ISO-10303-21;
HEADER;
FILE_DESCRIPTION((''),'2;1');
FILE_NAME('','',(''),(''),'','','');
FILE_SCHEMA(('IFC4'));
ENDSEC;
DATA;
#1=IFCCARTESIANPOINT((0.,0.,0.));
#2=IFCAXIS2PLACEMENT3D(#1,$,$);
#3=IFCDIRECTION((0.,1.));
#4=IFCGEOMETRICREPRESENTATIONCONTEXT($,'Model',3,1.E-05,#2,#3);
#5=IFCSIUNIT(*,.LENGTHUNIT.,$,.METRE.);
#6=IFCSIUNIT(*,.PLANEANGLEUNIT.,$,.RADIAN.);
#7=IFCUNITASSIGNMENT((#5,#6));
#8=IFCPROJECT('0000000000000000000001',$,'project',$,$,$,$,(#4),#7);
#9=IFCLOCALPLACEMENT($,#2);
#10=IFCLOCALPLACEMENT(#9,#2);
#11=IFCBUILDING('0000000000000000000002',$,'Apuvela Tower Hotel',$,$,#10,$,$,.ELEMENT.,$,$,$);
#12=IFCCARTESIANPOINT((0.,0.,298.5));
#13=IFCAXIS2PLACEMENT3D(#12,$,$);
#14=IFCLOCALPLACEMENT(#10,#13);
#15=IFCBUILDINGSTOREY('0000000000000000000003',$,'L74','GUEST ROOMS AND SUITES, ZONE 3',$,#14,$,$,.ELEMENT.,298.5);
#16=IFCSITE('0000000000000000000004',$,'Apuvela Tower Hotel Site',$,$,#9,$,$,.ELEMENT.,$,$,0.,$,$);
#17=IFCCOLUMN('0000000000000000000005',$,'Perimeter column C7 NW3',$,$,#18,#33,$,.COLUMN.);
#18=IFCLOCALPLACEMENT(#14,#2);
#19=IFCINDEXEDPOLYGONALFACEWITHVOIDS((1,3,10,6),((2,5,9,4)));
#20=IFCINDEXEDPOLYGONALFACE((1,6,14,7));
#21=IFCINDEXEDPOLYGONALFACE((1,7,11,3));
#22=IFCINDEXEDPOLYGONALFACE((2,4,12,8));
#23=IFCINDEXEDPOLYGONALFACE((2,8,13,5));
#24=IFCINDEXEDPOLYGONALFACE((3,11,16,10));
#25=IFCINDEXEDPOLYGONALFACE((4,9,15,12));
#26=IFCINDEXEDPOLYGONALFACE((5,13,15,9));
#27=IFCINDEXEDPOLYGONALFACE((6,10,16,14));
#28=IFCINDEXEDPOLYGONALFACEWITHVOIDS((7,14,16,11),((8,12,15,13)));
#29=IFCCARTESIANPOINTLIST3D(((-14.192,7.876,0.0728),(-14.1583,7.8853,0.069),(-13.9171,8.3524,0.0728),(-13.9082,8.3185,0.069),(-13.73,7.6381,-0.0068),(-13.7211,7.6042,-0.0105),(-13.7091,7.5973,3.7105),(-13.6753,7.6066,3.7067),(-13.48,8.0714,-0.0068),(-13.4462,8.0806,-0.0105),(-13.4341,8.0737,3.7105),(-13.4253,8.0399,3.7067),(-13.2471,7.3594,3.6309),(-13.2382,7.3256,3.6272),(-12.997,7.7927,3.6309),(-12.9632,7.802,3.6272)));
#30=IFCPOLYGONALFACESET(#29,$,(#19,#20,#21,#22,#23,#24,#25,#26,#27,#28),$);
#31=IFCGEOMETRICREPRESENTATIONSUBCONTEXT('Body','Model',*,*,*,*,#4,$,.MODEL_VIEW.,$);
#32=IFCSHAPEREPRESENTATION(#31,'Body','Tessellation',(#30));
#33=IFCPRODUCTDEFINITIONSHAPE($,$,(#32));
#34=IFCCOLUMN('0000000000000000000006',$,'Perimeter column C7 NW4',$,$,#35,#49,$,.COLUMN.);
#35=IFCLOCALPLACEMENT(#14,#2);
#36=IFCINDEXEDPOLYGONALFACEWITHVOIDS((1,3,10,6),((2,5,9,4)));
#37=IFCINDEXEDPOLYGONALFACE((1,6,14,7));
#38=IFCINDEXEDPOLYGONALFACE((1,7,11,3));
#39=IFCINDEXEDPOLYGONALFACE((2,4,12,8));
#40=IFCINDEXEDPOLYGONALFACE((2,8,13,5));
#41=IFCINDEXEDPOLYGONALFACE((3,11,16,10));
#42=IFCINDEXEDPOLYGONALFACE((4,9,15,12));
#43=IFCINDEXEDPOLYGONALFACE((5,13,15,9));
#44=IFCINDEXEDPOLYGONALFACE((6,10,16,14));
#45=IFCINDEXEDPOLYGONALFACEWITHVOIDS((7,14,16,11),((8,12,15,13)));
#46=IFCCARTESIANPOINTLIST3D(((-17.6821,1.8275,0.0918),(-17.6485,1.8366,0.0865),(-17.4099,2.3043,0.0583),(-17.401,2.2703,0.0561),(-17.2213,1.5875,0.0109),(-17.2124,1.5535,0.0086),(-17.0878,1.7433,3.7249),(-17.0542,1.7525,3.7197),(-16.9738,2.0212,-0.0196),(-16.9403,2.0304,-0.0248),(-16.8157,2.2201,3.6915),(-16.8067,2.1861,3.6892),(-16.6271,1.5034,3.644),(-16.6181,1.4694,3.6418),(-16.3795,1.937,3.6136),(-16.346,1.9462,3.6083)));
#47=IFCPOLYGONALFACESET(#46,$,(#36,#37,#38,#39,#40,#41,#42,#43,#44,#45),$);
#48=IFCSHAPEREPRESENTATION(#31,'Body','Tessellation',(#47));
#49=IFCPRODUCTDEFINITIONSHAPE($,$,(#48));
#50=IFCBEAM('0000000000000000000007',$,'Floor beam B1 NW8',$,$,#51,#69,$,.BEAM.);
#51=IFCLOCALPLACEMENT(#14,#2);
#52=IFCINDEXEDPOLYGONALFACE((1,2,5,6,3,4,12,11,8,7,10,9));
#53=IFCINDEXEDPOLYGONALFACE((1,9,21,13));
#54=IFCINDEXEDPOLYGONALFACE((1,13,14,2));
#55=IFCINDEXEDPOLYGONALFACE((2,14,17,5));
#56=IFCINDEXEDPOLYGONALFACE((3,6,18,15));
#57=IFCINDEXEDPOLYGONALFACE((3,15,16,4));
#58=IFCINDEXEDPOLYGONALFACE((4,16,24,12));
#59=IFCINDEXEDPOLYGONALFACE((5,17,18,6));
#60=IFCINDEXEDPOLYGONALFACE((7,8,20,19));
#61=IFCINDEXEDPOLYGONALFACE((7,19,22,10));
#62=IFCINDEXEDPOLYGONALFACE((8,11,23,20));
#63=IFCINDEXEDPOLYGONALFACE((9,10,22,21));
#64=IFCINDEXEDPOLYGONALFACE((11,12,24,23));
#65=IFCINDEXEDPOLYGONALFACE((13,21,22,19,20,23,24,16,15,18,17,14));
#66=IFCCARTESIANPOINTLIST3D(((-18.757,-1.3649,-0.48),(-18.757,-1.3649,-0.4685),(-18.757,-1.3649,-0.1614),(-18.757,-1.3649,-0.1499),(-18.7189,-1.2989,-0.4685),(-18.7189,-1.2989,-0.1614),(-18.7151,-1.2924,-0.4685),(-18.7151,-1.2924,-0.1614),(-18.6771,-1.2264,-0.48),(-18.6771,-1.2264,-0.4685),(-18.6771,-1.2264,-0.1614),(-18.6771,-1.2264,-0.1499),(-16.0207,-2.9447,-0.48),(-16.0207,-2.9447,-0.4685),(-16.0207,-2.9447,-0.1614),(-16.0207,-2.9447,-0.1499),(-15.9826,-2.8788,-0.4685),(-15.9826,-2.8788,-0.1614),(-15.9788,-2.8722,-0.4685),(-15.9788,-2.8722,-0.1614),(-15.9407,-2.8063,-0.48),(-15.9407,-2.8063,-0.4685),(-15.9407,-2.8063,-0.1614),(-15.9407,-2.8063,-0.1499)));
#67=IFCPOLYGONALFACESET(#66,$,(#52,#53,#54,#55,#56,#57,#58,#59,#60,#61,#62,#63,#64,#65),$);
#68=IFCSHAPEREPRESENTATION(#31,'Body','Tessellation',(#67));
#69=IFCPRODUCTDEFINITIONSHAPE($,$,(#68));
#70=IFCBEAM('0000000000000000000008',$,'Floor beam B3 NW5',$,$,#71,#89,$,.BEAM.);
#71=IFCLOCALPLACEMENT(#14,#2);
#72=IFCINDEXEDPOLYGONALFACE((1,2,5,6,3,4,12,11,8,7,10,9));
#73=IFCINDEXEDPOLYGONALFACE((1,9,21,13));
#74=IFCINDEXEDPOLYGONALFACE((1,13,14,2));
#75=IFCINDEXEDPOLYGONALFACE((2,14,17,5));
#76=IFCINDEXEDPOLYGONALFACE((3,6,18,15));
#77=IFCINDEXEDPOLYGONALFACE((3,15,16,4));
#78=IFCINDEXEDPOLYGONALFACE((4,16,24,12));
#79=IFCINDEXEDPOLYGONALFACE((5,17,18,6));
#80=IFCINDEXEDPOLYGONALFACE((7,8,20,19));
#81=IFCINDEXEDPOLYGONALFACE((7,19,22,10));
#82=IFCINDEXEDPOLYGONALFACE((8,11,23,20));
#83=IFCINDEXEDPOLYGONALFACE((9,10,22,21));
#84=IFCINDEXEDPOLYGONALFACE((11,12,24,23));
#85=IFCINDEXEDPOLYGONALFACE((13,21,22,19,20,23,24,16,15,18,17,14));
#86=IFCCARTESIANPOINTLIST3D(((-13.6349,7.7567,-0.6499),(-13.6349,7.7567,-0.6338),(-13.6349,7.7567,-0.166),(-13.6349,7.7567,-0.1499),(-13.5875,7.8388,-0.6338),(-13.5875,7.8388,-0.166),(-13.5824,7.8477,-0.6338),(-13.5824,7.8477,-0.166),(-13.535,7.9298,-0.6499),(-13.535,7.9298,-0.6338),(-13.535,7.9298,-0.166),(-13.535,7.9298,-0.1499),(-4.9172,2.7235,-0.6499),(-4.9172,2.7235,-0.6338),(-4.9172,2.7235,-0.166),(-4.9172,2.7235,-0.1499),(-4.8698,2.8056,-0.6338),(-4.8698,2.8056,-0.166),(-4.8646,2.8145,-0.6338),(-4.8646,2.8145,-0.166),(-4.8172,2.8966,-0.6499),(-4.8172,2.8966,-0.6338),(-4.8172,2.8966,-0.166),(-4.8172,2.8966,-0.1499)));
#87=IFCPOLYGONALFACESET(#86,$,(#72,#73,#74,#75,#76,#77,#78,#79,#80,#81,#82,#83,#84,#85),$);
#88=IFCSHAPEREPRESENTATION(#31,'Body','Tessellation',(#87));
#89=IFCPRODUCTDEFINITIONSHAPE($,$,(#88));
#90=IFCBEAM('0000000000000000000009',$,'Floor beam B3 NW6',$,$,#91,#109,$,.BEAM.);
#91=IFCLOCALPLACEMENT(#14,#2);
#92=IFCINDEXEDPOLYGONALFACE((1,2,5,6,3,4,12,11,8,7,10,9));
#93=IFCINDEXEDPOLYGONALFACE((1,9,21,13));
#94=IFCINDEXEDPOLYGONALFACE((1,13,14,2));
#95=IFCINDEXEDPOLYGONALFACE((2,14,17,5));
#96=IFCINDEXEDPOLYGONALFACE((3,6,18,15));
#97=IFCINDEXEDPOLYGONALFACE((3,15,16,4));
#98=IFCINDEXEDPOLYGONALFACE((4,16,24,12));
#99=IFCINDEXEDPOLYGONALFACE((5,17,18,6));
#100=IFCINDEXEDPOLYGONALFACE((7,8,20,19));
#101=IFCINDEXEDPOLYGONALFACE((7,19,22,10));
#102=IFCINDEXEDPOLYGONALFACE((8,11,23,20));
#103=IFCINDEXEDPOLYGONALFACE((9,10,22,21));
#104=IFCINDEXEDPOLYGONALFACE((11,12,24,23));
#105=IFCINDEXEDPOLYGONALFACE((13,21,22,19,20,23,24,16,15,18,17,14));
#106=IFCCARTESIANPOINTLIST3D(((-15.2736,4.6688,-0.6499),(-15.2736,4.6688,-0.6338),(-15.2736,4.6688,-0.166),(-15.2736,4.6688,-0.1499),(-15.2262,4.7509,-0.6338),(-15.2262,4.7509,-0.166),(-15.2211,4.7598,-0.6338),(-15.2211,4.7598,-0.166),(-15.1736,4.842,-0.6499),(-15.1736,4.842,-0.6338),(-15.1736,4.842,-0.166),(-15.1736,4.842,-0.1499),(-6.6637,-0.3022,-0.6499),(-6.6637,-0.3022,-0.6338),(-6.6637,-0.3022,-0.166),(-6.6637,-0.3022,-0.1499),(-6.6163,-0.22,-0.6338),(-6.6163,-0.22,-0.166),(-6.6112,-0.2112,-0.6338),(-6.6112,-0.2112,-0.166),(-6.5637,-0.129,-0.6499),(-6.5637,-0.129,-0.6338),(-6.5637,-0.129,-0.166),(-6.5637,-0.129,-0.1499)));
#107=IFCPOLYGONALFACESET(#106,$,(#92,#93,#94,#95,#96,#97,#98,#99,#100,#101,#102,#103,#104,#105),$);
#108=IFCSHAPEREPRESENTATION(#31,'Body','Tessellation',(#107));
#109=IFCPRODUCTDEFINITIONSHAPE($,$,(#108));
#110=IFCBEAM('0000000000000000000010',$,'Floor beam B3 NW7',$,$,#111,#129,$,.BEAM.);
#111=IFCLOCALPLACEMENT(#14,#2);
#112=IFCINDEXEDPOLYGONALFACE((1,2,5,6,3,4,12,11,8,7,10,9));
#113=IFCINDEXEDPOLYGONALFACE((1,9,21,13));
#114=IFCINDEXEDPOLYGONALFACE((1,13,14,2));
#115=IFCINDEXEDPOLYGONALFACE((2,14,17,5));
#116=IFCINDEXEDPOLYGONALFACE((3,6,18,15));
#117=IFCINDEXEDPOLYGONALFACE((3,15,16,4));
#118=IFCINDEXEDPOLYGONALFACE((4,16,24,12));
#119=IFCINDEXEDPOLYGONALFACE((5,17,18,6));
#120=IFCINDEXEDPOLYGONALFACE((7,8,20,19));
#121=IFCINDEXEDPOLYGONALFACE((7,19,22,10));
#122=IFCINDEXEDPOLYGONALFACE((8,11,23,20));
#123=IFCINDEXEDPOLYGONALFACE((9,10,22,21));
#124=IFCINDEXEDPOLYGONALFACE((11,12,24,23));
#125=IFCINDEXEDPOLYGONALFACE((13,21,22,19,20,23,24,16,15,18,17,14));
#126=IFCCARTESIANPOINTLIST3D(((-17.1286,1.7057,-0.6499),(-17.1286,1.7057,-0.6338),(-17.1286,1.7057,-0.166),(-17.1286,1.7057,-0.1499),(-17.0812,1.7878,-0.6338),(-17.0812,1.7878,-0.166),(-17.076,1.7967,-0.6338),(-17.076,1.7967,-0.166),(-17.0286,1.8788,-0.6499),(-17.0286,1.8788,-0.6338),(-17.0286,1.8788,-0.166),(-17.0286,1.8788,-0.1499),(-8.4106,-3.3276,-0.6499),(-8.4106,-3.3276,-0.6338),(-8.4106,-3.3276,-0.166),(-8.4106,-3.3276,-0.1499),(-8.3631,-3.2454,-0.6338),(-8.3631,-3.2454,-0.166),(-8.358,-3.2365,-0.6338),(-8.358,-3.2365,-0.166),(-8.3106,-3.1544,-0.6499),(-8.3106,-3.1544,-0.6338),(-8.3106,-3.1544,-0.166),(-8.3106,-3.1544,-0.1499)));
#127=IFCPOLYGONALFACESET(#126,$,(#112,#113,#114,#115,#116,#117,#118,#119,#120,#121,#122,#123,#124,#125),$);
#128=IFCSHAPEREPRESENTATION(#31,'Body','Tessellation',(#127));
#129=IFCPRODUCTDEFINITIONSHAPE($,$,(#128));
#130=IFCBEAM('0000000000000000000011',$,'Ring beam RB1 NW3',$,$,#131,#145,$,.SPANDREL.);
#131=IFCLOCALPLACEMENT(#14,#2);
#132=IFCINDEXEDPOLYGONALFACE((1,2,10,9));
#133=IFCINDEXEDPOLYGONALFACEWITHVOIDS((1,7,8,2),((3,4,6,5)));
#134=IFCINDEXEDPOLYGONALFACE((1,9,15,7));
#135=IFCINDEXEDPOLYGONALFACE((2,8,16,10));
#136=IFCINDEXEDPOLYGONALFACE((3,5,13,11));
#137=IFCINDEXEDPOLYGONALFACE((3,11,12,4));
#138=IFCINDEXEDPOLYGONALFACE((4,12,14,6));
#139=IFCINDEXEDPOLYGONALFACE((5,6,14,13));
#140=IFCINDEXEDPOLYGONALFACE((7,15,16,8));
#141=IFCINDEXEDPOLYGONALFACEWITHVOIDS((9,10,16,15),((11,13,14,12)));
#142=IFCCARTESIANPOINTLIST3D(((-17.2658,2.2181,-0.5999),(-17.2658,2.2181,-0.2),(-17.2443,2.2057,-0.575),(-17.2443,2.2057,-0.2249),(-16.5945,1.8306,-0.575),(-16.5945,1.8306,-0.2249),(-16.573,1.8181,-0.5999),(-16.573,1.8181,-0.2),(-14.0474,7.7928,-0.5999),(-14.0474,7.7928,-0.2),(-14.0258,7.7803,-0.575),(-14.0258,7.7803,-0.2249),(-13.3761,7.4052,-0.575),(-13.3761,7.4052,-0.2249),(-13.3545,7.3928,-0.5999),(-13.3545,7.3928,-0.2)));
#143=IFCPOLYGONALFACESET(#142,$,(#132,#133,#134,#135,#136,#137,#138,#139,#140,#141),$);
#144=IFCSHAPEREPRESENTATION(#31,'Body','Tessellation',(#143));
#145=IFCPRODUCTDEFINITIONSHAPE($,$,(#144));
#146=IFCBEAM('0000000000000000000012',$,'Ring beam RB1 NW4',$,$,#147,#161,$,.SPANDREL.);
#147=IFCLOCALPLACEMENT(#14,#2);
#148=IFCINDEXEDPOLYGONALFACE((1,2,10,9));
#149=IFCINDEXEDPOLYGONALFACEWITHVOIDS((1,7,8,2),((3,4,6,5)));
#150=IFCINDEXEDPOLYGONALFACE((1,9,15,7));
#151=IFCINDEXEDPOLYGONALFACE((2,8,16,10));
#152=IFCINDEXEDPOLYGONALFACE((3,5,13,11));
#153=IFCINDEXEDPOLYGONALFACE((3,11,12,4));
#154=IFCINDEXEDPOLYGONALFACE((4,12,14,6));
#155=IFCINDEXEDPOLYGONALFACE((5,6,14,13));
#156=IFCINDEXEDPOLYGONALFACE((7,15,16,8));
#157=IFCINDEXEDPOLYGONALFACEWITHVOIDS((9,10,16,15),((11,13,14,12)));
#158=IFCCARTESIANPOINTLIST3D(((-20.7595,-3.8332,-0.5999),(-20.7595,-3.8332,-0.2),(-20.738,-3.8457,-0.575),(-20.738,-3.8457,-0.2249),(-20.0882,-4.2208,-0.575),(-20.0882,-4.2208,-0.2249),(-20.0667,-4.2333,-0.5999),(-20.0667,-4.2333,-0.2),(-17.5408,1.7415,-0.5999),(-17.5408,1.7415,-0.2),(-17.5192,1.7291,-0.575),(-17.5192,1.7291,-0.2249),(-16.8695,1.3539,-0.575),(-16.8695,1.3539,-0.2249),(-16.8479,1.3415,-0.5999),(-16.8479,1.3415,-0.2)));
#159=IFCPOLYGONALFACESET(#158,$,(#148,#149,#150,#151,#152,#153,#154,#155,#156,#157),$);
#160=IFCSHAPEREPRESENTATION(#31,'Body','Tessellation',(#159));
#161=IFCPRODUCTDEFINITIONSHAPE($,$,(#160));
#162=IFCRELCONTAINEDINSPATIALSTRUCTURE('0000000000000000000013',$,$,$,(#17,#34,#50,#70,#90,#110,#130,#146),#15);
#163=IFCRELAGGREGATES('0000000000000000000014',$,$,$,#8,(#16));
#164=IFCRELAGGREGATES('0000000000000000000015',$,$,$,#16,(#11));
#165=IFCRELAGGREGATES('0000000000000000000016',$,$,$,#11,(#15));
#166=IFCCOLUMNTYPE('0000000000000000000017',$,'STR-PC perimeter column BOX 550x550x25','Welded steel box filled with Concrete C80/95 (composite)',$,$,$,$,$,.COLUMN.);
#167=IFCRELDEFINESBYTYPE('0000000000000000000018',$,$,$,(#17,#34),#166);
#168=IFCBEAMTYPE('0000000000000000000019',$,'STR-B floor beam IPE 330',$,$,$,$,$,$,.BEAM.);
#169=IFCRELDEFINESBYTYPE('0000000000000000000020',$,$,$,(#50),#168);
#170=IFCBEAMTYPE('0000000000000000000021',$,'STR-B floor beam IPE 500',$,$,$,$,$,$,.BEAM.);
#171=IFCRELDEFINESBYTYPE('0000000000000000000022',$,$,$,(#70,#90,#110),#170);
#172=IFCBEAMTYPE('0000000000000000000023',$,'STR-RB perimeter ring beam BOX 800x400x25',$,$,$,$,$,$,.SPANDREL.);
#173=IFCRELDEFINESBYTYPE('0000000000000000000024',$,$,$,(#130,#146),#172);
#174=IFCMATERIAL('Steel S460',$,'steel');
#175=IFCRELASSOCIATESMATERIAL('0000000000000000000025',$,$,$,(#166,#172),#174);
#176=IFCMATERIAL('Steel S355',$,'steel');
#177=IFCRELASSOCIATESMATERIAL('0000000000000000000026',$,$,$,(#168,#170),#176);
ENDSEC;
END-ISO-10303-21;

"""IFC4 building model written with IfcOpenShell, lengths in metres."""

from ifc_helpers import new_model, si_unit, direction, frame, origin, origin_2d, place, context, subcontext, project, spatial, rectangle, hollow_rectangle, i_section, extrude, boolean, halfspace, material, material_profile, profile_set, type_object, element, save


model = new_model("IFC4")

# Units and contexts
model_context = context("Model", 3, precision=1e-05, world=origin(), true_north=direction((0.0, 1.0)))
body_context = subcontext(model_context, "Body", "Model", "MODEL_VIEW")
ifc_project = project(units=[si_unit("LENGTHUNIT", "METRE"), si_unit("PLANEANGLEUNIT", "RADIAN")], contexts=[model_context])

# Site, building, storey
site_placement = place(None, origin())
site = spatial("IfcSite", under=ifc_project, at=site_placement, Name="Apuvela Tower Hotel Site", CompositionType="ELEMENT", RefElevation=0.0)
building_placement = place(site_placement, origin())
building = spatial("IfcBuilding", under=site, at=building_placement, Name="Apuvela Tower Hotel", CompositionType="ELEMENT")
storey_placement = place(building_placement, frame((0.0, 0.0, 298.5)))
storey = spatial("IfcBuildingStorey", under=building, at=storey_placement, Name="L74", Description="GUEST ROOMS AND SUITES, ZONE 3", CompositionType="ELEMENT", Elevation=298.5)

# Columns
ifc_material_1 = material(Name="Steel S460", Category="steel")
ifc_material_profile_1 = material_profile(ifc_material_1, hollow_rectangle(XDim=0.55, YDim=0.55, WallThickness=0.0249, at=origin_2d()), Name="BOX 550x550x25")
ifc_material_2 = material(Name="Concrete C80/95", Category="concrete")
ifc_material_profile_2 = material_profile(ifc_material_2, rectangle(XDim=0.5, YDim=0.5, at=origin_2d()), Name="Concrete C80/95 infill")
ifc_profile_set_1 = profile_set([ifc_material_profile_1, ifc_material_profile_2], Name="Steel S460")
column_type = type_object("IfcColumnType", Name="STR-PC perimeter column BOX 550x550x25", Description="Welded steel box filled with Concrete C80/95 (composite)", PredefinedType="COLUMN", material=ifc_profile_set_1)
column_1_placement = place(storey_placement, frame((-13.8232, 7.9807, 0.0), z_axis=(0.131229, -0.075724, 0.988456), x_axis=(-0.499842, -0.866117, 0.000008)))
element("IfcColumn", 1, at=column_1_placement, inside=storey, type_object=column_type, Name="Perimeter column C7 NW3", PredefinedType="COLUMN", context=body_context, shape_type="SweptSolid", body=[
    boolean("DIFFERENCE", boolean("DIFFERENCE", extrude(hollow_rectangle(XDim=0.55, YDim=0.55, WallThickness=0.0249, at=origin_2d()), origin(), (0.0, 0.0, 1.0), 3.7432), halfspace(frame((0.0, 0.0, 0.0315), z_axis=(0.0, 0.0, 1.0), x_axis=(1.0, 0.0, 0.0)), True)), halfspace(frame((0.0, 0.0, 3.7117), z_axis=(0.0, 0.0, 1.0), x_axis=(1.0, 0.0, 0.0)), False)),
])
column_2_placement = place(storey_placement, frame((-17.3167, 1.9297, 0.0), z_axis=(0.161389, -0.022851, 0.986626), x_axis=(-0.494768, -0.866892, 0.060854)))
element("IfcColumn", 2, at=column_2_placement, inside=storey, type_object=column_type, Name="Perimeter column C7 NW4", PredefinedType="COLUMN", context=body_context, shape_type="SweptSolid", body=[
    boolean("DIFFERENCE", boolean("DIFFERENCE", extrude(hollow_rectangle(XDim=0.55, YDim=0.55, WallThickness=0.0249, at=origin_2d()), origin(), (0.0, 0.0, 1.0), 3.75), halfspace(frame((0.0, 0.0, 0.0339), z_axis=(0.0, 0.0, 1.0), x_axis=(1.0, 0.0, 0.0)), True)), halfspace(frame((0.0, 0.0, 3.7163), z_axis=(0.0, 0.0, 1.0), x_axis=(1.0, 0.0, 0.0)), False)),
])

# Beams
ifc_material_3 = material(Name="Steel S355", Category="steel")
ifc_material_profile_3 = material_profile(ifc_material_3, i_section(OverallWidth=0.1599, OverallDepth=0.3301, WebThickness=0.0076, FlangeThickness=0.0115, at=origin_2d()), Name="IPE 330")
ifc_profile_set_2 = profile_set([ifc_material_profile_3], Name="Steel S355")
beam_type_1 = type_object("IfcBeamType", Name="STR-B floor beam IPE 330", PredefinedType="BEAM", material=ifc_profile_set_2)
beam_1_placement = place(storey_placement, frame((-18.717, -1.2957, -0.3149), z_axis=(0.866023, -0.500003, 0.0), x_axis=(0.500003, 0.866023, 0.0)))
element("IfcBeam", 3, at=beam_1_placement, inside=storey, type_object=beam_type_1, Name="Floor beam B1 NW8", PredefinedType="BEAM", context=body_context, shape_type="SweptSolid", body=[
    extrude(i_section(OverallWidth=0.1599, OverallDepth=0.3301, WebThickness=0.0076, FlangeThickness=0.0115, at=origin_2d()), origin(), (0.0, 0.0, 1.0), 3.1597),
])
ifc_material_profile_4 = material_profile(ifc_material_3, i_section(OverallWidth=0.2, OverallDepth=0.5, WebThickness=0.0103, FlangeThickness=0.0161, at=origin_2d()), Name="IPE 500")
ifc_profile_set_3 = profile_set([ifc_material_profile_4], Name="Steel S355")
beam_type_2 = type_object("IfcBeamType", Name="STR-B floor beam IPE 500", PredefinedType="BEAM", material=ifc_profile_set_3)
beam_2_placement = place(storey_placement, frame((-13.585, 7.8433, -0.3999), z_axis=(0.866026, -0.5, 0.0), x_axis=(0.5, 0.866026, 0.0)))
element("IfcBeam", 4, at=beam_2_placement, inside=storey, type_object=beam_type_2, Name="Floor beam B3 NW5", PredefinedType="BEAM", context=body_context, shape_type="SweptSolid", body=[
    extrude(i_section(OverallWidth=0.2, OverallDepth=0.5, WebThickness=0.0103, FlangeThickness=0.0161, at=origin_2d()), origin(), (0.0, 0.0, 1.0), 10.0664),
])
beam_3_placement = place(storey_placement, frame((-15.2236, 4.7554, -0.3999), z_axis=(0.866024, -0.500003, 0.0), x_axis=(0.500003, 0.866024, 0.0)))
element("IfcBeam", 5, at=beam_3_placement, inside=storey, type_object=beam_type_2, Name="Floor beam B3 NW6", PredefinedType="BEAM", context=body_context, shape_type="SweptSolid", body=[
    extrude(i_section(OverallWidth=0.2, OverallDepth=0.5, WebThickness=0.0103, FlangeThickness=0.0161, at=origin_2d()), origin(), (0.0, 0.0, 1.0), 9.9419),
])
beam_4_placement = place(storey_placement, frame((-17.0786, 1.7922, -0.3999), z_axis=(0.866032, -0.499989, 0.0), x_axis=(0.499989, 0.866032, 0.0)))
element("IfcBeam", 6, at=beam_4_placement, inside=storey, type_object=beam_type_2, Name="Floor beam B3 NW7", PredefinedType="BEAM", context=body_context, shape_type="SweptSolid", body=[
    extrude(i_section(OverallWidth=0.2, OverallDepth=0.5, WebThickness=0.0103, FlangeThickness=0.0161, at=origin_2d()), origin(), (0.0, 0.0, 1.0), 10.0667),
])
ifc_material_profile_5 = material_profile(ifc_material_1, hollow_rectangle(XDim=0.8, YDim=0.3999, WallThickness=0.0249, at=origin_2d()), Name="BOX 800x400x25")
ifc_profile_set_4 = profile_set([ifc_material_profile_5], Name="Steel S460")
beam_type_3 = type_object("IfcBeamType", Name="STR-RB perimeter ring beam BOX 800x400x25", PredefinedType="SPANDREL", material=ifc_profile_set_4)
beam_5_placement = place(storey_placement, frame((-13.7009, 7.5928, -0.3999), z_axis=(-0.499994, -0.866029, 0.0), x_axis=(0.866029, -0.499994, 0.0)))
element("IfcBeam", 7, at=beam_5_placement, inside=storey, type_object=beam_type_3, Name="Ring beam RB1 NW3", PredefinedType="SPANDREL", context=body_context, shape_type="SweptSolid", body=[
    extrude(hollow_rectangle(XDim=0.8, YDim=0.3999, WallThickness=0.0249, at=origin_2d()), origin(), (0.0, 0.0, 1.0), 6.437),
])
beam_6_placement = place(storey_placement, frame((-17.1943, 1.5415, -0.3999), z_axis=(-0.500022, -0.866013, 0.0), x_axis=(0.866013, -0.500022, 0.0)))
element("IfcBeam", 8, at=beam_6_placement, inside=storey, type_object=beam_type_3, Name="Ring beam RB1 NW4", PredefinedType="SPANDREL", context=body_context, shape_type="SweptSolid", body=[
    extrude(hollow_rectangle(XDim=0.8, YDim=0.3999, WallThickness=0.0249, at=origin_2d()), origin(), (0.0, 0.0, 1.0), 6.4373),
])

save(model, "model.ifc")
